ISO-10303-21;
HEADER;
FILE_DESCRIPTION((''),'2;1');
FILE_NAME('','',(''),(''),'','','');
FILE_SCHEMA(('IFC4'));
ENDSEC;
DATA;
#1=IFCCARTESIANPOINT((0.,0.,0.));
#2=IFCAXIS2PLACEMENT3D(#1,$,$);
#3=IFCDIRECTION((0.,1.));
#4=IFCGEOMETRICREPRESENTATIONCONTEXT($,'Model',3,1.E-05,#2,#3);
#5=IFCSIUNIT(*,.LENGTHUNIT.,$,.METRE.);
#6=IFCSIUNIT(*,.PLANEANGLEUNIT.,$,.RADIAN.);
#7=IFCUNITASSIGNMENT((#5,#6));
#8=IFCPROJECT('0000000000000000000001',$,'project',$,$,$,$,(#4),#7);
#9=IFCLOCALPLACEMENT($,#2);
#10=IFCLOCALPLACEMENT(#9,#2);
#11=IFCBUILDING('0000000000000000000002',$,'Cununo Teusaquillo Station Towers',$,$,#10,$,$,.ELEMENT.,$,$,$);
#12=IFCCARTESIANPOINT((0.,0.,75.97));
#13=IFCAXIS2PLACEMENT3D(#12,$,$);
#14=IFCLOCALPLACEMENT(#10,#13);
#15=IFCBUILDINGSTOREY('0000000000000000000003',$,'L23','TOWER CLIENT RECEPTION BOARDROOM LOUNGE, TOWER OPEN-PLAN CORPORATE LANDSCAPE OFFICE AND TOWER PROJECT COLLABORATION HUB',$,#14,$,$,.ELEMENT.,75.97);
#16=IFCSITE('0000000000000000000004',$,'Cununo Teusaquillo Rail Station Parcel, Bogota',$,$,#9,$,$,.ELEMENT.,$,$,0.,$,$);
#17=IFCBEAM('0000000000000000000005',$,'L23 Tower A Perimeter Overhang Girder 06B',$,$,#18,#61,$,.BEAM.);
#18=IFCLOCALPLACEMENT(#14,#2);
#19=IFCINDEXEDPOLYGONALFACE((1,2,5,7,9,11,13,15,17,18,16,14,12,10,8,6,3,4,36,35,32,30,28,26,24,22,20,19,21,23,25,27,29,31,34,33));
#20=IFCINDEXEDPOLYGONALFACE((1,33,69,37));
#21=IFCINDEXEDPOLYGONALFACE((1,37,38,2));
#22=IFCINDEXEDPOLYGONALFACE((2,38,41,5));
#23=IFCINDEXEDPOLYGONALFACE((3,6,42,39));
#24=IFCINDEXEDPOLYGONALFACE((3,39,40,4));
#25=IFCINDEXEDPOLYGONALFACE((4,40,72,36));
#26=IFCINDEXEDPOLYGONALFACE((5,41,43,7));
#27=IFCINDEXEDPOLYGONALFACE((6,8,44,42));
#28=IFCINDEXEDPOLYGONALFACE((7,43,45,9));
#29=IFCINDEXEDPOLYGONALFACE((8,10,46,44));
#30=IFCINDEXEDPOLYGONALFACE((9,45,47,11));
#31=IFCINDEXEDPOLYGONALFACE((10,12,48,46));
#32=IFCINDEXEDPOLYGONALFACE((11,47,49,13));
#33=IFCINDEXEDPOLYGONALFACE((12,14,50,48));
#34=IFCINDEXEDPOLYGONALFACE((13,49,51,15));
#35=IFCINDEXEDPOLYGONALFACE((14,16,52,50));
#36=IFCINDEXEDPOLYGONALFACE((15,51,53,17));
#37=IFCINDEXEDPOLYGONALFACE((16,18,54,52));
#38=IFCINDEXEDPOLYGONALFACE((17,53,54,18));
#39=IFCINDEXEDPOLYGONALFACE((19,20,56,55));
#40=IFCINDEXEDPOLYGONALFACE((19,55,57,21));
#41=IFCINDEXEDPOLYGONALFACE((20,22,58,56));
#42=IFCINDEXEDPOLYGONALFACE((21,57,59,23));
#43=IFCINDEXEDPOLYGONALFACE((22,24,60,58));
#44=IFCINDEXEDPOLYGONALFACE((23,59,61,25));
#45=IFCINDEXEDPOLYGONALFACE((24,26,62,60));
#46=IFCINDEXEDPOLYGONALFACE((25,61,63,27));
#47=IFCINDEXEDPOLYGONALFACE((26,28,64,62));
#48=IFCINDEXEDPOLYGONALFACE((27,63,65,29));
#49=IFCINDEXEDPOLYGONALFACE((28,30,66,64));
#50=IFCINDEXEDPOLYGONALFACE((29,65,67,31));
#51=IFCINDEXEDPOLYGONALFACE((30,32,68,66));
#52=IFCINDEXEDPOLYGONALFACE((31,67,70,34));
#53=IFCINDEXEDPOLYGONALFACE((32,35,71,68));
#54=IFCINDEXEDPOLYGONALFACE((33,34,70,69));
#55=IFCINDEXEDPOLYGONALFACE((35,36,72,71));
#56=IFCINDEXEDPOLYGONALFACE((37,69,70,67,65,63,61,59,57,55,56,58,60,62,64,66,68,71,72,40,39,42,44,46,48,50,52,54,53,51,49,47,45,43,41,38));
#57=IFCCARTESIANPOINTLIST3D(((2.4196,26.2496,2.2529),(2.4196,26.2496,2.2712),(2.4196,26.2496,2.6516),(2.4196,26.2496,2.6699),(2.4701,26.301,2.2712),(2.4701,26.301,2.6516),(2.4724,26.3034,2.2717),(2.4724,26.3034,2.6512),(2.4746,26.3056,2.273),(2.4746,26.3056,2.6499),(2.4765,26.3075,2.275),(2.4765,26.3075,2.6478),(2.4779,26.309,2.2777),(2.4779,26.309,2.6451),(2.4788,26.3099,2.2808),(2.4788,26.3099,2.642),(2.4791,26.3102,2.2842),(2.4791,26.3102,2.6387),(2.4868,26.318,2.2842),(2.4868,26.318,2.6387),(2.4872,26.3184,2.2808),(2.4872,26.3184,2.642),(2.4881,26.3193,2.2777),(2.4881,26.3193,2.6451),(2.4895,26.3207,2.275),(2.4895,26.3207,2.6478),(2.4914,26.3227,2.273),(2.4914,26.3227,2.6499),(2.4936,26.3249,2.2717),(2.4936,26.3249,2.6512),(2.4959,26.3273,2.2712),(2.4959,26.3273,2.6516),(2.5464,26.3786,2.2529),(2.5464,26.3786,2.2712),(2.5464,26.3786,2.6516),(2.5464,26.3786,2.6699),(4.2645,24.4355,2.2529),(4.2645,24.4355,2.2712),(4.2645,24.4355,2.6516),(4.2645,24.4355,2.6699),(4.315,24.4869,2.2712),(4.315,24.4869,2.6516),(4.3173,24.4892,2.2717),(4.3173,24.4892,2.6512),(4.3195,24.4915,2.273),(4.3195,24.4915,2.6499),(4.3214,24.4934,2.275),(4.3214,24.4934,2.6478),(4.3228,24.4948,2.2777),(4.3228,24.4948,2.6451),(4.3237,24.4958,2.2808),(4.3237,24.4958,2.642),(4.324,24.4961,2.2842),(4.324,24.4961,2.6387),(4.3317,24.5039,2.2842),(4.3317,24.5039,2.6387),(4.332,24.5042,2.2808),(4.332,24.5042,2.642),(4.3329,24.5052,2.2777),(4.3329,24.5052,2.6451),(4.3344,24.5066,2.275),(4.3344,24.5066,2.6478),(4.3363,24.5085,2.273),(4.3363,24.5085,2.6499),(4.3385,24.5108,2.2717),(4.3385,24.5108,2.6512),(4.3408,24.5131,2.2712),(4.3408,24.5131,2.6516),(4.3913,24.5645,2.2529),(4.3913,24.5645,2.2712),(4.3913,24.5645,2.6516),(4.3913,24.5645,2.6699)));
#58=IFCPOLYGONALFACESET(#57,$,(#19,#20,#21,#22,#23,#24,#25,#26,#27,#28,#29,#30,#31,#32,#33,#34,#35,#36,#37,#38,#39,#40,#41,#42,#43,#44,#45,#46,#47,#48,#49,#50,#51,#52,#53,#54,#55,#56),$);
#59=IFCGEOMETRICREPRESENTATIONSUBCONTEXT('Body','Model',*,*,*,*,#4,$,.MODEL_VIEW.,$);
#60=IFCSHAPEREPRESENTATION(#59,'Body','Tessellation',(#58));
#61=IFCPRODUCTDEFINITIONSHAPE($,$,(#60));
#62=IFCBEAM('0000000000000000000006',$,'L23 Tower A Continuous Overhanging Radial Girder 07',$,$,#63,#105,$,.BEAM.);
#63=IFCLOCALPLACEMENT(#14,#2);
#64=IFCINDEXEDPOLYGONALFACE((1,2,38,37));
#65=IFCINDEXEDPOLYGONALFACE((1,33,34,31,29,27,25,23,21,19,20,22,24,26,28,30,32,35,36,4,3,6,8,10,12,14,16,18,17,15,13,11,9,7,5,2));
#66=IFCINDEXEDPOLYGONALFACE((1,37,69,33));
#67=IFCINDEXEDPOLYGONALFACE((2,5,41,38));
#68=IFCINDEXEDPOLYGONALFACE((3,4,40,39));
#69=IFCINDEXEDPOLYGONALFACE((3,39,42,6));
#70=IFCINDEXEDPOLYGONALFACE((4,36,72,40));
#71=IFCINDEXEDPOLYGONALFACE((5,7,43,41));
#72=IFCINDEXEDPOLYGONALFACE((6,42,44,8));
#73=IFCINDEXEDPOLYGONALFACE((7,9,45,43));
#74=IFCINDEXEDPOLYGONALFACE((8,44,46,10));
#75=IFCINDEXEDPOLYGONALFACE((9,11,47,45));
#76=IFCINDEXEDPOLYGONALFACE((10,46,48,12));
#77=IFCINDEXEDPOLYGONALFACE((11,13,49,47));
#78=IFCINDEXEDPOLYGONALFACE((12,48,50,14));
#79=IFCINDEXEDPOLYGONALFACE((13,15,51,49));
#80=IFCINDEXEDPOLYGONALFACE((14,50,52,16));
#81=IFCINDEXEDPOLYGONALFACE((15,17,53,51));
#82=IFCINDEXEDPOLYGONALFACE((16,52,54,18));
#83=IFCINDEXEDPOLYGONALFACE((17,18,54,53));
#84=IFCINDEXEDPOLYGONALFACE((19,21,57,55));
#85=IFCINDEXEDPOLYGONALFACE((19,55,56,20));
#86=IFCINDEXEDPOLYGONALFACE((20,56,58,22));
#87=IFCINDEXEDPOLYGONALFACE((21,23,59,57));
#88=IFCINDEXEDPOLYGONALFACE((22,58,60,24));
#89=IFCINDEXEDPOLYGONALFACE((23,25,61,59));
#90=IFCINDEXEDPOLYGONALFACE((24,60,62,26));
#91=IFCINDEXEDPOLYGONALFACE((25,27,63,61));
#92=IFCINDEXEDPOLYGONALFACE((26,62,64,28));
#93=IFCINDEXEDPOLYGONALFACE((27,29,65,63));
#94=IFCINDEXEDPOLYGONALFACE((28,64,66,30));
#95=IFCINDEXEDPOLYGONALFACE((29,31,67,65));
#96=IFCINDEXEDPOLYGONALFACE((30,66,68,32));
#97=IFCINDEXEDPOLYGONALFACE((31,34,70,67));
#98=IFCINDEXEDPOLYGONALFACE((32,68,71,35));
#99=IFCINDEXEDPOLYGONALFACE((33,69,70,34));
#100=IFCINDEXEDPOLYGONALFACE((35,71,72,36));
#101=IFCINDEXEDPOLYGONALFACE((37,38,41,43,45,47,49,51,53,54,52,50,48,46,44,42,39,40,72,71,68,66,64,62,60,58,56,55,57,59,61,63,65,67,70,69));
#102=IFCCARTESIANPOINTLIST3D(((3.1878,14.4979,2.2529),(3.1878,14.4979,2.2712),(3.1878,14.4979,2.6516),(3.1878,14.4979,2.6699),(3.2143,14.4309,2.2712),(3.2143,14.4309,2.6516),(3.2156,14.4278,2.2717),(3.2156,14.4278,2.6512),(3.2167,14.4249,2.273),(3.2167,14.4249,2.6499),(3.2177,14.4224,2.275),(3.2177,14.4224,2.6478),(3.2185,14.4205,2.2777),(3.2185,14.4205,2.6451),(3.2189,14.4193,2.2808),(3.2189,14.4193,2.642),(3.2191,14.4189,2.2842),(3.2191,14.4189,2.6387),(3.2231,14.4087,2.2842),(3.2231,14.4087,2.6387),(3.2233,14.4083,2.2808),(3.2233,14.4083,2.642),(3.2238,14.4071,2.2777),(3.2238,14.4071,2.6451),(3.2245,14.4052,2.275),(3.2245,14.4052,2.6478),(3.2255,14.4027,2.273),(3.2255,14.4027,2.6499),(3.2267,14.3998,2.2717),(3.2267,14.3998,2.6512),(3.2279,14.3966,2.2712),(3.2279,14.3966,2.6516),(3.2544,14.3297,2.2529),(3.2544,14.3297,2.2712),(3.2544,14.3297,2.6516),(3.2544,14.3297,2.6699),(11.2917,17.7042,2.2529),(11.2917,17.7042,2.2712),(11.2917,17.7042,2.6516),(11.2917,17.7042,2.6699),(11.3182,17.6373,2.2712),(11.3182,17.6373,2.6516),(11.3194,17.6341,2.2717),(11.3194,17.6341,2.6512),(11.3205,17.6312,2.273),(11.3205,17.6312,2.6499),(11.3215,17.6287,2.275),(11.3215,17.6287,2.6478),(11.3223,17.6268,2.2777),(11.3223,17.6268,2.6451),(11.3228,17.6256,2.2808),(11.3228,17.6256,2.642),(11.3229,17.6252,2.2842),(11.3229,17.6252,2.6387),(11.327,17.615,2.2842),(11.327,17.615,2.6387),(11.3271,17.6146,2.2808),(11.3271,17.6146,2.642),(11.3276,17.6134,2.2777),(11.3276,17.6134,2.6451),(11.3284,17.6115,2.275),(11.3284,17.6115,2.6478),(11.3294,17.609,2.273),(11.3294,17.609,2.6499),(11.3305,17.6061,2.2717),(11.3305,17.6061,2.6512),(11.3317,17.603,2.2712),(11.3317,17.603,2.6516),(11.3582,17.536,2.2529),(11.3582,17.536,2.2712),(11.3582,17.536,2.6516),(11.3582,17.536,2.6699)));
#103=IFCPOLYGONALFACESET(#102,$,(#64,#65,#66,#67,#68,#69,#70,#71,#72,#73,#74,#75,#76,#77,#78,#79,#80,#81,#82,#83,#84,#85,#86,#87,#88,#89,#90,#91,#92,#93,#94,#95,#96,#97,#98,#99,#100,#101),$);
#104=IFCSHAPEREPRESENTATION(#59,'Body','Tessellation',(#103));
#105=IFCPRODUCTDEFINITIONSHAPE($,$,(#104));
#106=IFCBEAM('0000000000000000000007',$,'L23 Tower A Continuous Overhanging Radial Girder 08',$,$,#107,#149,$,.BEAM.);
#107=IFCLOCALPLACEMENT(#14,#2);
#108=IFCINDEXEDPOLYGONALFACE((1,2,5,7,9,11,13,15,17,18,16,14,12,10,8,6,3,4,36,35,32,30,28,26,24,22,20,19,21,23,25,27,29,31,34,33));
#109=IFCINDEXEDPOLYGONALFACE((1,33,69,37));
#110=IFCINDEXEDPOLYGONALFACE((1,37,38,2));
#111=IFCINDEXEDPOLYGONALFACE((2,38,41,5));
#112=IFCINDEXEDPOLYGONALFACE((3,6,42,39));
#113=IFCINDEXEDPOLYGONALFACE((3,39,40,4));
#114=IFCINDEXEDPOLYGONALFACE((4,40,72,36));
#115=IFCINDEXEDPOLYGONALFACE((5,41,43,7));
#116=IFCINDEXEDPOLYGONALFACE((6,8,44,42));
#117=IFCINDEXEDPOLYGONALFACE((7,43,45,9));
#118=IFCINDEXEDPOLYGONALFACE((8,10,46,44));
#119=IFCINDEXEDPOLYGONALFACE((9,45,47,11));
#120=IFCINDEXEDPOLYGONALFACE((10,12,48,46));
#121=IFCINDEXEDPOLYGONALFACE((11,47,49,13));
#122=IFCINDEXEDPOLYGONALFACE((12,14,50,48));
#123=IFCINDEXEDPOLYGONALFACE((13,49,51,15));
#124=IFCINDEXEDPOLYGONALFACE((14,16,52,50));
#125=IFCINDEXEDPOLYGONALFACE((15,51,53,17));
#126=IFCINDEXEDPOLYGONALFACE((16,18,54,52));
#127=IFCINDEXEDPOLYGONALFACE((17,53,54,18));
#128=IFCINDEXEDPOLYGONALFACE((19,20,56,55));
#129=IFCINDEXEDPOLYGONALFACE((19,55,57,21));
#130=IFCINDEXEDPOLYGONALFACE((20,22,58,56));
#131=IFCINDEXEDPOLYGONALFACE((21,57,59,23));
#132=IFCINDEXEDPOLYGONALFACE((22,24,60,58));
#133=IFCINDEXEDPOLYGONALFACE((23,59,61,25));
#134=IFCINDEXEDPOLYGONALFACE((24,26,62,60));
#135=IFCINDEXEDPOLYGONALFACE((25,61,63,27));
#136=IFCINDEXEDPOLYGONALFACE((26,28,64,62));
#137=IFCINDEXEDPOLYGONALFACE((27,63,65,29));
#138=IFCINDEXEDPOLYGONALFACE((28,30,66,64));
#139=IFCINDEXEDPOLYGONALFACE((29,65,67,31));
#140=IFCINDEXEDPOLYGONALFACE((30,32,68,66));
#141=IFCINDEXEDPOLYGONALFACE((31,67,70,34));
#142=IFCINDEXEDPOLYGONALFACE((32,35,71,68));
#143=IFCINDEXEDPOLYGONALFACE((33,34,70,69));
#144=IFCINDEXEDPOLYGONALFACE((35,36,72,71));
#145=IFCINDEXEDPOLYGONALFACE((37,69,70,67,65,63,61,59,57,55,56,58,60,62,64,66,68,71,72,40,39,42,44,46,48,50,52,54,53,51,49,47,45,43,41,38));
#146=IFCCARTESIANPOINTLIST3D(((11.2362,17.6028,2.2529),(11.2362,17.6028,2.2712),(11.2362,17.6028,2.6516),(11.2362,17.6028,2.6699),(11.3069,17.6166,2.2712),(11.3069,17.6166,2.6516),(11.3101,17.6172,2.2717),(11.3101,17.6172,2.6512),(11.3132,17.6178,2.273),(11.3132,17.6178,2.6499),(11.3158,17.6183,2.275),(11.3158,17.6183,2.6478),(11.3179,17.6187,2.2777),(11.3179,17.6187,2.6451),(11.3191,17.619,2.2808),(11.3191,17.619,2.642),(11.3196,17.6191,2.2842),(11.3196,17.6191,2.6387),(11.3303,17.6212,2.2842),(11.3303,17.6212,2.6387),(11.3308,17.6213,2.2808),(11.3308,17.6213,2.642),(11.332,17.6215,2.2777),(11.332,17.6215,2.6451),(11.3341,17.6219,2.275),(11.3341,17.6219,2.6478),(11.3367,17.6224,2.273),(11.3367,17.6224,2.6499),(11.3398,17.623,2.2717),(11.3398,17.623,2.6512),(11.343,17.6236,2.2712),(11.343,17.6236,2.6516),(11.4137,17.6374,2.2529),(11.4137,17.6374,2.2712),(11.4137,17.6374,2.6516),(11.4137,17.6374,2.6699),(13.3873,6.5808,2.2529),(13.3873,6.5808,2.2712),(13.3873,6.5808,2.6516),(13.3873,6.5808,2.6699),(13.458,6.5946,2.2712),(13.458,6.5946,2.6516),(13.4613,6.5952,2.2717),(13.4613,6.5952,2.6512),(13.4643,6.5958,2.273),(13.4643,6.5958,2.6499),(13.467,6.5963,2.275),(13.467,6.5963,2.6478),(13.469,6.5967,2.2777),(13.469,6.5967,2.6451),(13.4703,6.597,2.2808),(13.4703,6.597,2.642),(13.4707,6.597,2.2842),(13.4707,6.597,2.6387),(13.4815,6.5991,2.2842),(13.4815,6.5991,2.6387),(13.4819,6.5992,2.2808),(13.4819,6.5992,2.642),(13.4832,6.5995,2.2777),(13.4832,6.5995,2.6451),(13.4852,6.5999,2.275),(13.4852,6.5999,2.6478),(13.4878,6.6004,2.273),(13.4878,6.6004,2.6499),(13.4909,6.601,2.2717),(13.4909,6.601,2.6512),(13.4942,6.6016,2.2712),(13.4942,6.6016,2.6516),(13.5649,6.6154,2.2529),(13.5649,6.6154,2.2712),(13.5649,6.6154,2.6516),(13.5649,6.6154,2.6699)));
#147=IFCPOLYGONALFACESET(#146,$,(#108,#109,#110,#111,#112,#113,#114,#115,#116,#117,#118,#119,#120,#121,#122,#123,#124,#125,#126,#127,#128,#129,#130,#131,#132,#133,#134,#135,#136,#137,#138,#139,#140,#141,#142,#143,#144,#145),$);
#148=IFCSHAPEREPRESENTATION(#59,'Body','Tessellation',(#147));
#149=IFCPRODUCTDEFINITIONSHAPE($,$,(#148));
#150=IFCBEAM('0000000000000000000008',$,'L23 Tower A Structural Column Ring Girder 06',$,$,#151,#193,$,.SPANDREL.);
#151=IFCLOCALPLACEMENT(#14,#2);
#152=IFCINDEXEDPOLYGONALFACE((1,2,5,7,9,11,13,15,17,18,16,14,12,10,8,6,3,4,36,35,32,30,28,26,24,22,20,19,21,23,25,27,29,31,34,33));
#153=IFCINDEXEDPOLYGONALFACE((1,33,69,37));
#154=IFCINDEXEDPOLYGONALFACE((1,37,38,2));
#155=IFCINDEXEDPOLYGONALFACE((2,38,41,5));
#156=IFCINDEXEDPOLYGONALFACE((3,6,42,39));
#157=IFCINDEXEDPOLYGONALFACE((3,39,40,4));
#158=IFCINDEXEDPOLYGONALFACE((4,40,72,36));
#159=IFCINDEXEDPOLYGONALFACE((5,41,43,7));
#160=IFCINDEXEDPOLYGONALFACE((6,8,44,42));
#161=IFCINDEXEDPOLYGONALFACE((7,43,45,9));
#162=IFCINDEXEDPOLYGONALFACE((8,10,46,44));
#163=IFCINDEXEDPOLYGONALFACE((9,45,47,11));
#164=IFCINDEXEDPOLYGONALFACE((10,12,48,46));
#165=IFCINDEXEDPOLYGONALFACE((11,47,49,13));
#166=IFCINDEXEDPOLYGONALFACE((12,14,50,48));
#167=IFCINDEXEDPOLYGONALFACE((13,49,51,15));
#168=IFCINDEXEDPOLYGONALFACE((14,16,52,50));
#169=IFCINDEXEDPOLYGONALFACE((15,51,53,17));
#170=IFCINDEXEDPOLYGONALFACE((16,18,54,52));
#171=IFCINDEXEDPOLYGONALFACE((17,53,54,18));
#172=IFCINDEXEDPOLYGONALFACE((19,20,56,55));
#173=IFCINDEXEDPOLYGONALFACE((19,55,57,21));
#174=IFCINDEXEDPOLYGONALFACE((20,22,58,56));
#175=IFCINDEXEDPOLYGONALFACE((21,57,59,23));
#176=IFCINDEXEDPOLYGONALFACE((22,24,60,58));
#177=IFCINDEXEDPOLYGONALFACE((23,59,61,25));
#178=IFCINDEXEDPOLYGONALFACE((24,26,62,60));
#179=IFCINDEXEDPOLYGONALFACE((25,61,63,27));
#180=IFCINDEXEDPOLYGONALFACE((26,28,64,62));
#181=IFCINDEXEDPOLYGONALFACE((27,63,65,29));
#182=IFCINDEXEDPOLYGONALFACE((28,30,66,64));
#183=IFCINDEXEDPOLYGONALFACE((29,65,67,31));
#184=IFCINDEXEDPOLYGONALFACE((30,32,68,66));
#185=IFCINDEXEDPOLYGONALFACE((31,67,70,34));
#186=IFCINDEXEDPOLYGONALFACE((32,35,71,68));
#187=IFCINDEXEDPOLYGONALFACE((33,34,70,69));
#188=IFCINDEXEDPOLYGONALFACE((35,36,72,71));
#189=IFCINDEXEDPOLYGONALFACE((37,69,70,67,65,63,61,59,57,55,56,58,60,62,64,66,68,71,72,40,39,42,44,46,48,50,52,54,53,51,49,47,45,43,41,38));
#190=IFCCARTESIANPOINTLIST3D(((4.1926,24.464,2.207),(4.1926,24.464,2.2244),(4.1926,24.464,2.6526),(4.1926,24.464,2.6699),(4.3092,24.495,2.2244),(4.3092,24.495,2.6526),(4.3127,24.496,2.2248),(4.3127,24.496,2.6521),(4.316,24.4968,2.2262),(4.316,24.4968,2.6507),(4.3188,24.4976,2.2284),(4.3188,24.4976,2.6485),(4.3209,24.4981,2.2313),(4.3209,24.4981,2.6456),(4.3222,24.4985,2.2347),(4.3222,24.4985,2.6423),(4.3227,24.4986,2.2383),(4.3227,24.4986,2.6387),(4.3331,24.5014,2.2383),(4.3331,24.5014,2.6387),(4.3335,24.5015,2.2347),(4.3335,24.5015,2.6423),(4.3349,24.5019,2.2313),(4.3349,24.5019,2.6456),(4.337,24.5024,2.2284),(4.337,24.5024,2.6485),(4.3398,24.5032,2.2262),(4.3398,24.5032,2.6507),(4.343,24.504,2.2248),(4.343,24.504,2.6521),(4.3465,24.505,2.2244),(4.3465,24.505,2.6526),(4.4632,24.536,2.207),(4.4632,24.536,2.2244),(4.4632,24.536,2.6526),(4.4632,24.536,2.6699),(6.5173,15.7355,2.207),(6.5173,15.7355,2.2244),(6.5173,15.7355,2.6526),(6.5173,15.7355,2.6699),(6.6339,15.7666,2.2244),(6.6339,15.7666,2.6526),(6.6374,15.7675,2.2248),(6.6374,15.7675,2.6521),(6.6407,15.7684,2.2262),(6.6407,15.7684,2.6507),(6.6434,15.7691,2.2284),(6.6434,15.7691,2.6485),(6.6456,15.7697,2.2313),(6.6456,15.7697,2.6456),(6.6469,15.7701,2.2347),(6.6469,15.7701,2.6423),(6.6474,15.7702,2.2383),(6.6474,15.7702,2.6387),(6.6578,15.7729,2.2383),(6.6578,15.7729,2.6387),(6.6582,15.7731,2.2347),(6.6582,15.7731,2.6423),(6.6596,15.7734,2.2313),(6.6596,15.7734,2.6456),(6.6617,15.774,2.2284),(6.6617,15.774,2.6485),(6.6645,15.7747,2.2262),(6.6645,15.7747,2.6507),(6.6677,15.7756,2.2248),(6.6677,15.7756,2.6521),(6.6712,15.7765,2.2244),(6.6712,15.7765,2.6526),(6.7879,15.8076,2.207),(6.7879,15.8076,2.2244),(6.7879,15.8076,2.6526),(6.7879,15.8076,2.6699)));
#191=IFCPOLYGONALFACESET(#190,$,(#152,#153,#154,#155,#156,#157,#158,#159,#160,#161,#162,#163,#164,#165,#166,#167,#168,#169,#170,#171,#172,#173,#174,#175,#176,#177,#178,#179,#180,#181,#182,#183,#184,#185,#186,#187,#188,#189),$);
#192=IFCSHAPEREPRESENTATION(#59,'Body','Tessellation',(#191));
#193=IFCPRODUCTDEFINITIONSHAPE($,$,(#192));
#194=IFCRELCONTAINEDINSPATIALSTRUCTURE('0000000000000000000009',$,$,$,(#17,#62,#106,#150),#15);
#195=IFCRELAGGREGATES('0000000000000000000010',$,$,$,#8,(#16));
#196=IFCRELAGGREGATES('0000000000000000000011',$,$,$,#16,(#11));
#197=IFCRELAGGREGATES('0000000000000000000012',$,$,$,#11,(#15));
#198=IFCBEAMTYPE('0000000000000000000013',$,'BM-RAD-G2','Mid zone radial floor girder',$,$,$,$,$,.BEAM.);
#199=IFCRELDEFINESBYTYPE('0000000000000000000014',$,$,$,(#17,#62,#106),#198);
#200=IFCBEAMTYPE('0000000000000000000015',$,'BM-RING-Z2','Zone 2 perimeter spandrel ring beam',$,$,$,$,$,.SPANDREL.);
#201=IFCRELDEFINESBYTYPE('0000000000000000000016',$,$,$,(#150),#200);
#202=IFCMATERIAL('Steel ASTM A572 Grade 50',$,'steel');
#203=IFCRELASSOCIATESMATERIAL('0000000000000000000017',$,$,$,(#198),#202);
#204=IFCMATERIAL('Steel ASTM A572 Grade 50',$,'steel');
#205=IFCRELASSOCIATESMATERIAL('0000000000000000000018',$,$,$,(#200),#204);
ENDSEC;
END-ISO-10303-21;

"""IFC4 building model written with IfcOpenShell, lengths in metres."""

from ifc_helpers import new_model, si_unit, direction, frame, origin, origin_2d, place, context, subcontext, project, spatial, i_section, extrude, material, material_profile, profile_set, type_object, element, save


model = new_model("IFC4")

# Units and contexts
model_context = context("Model", 3, precision=1e-05, world=origin(), true_north=direction((0.0, 1.0)))
body_context = subcontext(model_context, "Body", "Model", "MODEL_VIEW")
ifc_project = project(units=[si_unit("LENGTHUNIT", "METRE"), si_unit("PLANEANGLEUNIT", "RADIAN")], contexts=[model_context])

# Site, building, storey
site_placement = place(None, origin())
site = spatial("IfcSite", under=ifc_project, at=site_placement, Name="Cununo Teusaquillo Rail Station Parcel, Bogota", CompositionType="ELEMENT", RefElevation=0.0)
building_placement = place(site_placement, origin())
building = spatial("IfcBuilding", under=site, at=building_placement, Name="Cununo Teusaquillo Station Towers", CompositionType="ELEMENT")
storey_placement = place(building_placement, frame((0.0, 0.0, 75.97)))
storey = spatial("IfcBuildingStorey", under=building, at=storey_placement, Name="L23", Description="TOWER CLIENT RECEPTION BOARDROOM LOUNGE, TOWER OPEN-PLAN CORPORATE LANDSCAPE OFFICE AND TOWER PROJECT COLLABORATION HUB", CompositionType="ELEMENT", Elevation=75.97)

# Beams
ifc_material_1 = material(Name="Steel ASTM A572 Grade 50", Category="steel")
ifc_material_profile_1 = material_profile(ifc_material_1, i_section(OverallWidth=0.1809, OverallDepth=0.417, WebThickness=0.011, FlangeThickness=0.0183, FilletRadius=0.0129, at=origin_2d()), Name="W16X57")
ifc_profile_set_1 = profile_set([ifc_material_profile_1], Name="Steel ASTM A572 Grade 50")
beam_type_1 = type_object("IfcBeamType", Name="BM-RAD-G2", Description="Mid zone radial floor girder", PredefinedType="BEAM", material=ifc_profile_set_1)
beam_1_placement = place(storey_placement, frame((4.3279, 24.5, 2.4614), z_axis=(-0.713026, 0.701138, 0.0), x_axis=(-0.701138, -0.713026, 0.0)))
element("IfcBeam", 1, at=beam_1_placement, inside=storey, type_object=beam_type_1, Name="L23 Tower A Perimeter Overhang Girder 06B", PredefinedType="BEAM", context=body_context, shape_type="SweptSolid", body=[
    extrude(i_section(OverallWidth=0.1809, OverallDepth=0.417, WebThickness=0.011, FlangeThickness=0.0183, FilletRadius=0.0129, at=origin_2d()), origin(), (0.0, 0.0, 1.0), 2.5874),
])
beam_2_placement = place(storey_placement, frame((11.325, 17.6201, 2.4614), z_axis=(-0.929863, -0.367906, 0.0), x_axis=(0.367906, -0.929863, 0.0)))
element("IfcBeam", 2, at=beam_2_placement, inside=storey, type_object=beam_type_1, Name="L23 Tower A Continuous Overhanging Radial Girder 07", PredefinedType="BEAM", context=body_context, shape_type="SweptSolid", body=[
    extrude(i_section(OverallWidth=0.1809, OverallDepth=0.417, WebThickness=0.011, FlangeThickness=0.0183, FilletRadius=0.0129, at=origin_2d()), origin(), (0.0, 0.0, 1.0), 8.7151),
])
beam_3_placement = place(storey_placement, frame((11.325, 17.6201, 2.4614), z_axis=(0.191553, -0.981482, 0.0), x_axis=(0.981482, 0.191553, 0.0)))
element("IfcBeam", 3, at=beam_3_placement, inside=storey, type_object=beam_type_1, Name="L23 Tower A Continuous Overhanging Radial Girder 08", PredefinedType="BEAM", context=body_context, shape_type="SweptSolid", body=[
    extrude(i_section(OverallWidth=0.1809, OverallDepth=0.417, WebThickness=0.011, FlangeThickness=0.0183, FilletRadius=0.0129, at=origin_2d()), origin(), (0.0, 0.0, 1.0), 11.23),
])
ifc_material_2 = material(Name="Steel ASTM A572 Grade 50", Category="steel")
ifc_material_profile_2 = material_profile(ifc_material_2, i_section(OverallWidth=0.28, OverallDepth=0.4629, WebThickness=0.0107, FlangeThickness=0.0173, FilletRadius=0.0139, at=origin_2d()), Name="W18X76")
ifc_profile_set_2 = profile_set([ifc_material_profile_2], Name="Steel ASTM A572 Grade 50")
beam_type_2 = type_object("IfcBeamType", Name="BM-RING-Z2", Description="Zone 2 perimeter spandrel ring beam", PredefinedType="SPANDREL", material=ifc_profile_set_2)
beam_4_placement = place(storey_placement, frame((4.3279, 24.5, 2.4385), z_axis=(0.257363, -0.966315, 0.0), x_axis=(0.966315, 0.257363, 0.0)))
element("IfcBeam", 4, at=beam_4_placement, inside=storey, type_object=beam_type_2, Name="L23 Tower A Structural Column Ring Girder 06", PredefinedType="SPANDREL", context=body_context, shape_type="SweptSolid", body=[
    extrude(i_section(OverallWidth=0.28, OverallDepth=0.4629, WebThickness=0.0107, FlangeThickness=0.0173, FilletRadius=0.0139, at=origin_2d()), origin(), (0.0, 0.0, 1.0), 9.0327),
])

save(model, "model.ifc")
